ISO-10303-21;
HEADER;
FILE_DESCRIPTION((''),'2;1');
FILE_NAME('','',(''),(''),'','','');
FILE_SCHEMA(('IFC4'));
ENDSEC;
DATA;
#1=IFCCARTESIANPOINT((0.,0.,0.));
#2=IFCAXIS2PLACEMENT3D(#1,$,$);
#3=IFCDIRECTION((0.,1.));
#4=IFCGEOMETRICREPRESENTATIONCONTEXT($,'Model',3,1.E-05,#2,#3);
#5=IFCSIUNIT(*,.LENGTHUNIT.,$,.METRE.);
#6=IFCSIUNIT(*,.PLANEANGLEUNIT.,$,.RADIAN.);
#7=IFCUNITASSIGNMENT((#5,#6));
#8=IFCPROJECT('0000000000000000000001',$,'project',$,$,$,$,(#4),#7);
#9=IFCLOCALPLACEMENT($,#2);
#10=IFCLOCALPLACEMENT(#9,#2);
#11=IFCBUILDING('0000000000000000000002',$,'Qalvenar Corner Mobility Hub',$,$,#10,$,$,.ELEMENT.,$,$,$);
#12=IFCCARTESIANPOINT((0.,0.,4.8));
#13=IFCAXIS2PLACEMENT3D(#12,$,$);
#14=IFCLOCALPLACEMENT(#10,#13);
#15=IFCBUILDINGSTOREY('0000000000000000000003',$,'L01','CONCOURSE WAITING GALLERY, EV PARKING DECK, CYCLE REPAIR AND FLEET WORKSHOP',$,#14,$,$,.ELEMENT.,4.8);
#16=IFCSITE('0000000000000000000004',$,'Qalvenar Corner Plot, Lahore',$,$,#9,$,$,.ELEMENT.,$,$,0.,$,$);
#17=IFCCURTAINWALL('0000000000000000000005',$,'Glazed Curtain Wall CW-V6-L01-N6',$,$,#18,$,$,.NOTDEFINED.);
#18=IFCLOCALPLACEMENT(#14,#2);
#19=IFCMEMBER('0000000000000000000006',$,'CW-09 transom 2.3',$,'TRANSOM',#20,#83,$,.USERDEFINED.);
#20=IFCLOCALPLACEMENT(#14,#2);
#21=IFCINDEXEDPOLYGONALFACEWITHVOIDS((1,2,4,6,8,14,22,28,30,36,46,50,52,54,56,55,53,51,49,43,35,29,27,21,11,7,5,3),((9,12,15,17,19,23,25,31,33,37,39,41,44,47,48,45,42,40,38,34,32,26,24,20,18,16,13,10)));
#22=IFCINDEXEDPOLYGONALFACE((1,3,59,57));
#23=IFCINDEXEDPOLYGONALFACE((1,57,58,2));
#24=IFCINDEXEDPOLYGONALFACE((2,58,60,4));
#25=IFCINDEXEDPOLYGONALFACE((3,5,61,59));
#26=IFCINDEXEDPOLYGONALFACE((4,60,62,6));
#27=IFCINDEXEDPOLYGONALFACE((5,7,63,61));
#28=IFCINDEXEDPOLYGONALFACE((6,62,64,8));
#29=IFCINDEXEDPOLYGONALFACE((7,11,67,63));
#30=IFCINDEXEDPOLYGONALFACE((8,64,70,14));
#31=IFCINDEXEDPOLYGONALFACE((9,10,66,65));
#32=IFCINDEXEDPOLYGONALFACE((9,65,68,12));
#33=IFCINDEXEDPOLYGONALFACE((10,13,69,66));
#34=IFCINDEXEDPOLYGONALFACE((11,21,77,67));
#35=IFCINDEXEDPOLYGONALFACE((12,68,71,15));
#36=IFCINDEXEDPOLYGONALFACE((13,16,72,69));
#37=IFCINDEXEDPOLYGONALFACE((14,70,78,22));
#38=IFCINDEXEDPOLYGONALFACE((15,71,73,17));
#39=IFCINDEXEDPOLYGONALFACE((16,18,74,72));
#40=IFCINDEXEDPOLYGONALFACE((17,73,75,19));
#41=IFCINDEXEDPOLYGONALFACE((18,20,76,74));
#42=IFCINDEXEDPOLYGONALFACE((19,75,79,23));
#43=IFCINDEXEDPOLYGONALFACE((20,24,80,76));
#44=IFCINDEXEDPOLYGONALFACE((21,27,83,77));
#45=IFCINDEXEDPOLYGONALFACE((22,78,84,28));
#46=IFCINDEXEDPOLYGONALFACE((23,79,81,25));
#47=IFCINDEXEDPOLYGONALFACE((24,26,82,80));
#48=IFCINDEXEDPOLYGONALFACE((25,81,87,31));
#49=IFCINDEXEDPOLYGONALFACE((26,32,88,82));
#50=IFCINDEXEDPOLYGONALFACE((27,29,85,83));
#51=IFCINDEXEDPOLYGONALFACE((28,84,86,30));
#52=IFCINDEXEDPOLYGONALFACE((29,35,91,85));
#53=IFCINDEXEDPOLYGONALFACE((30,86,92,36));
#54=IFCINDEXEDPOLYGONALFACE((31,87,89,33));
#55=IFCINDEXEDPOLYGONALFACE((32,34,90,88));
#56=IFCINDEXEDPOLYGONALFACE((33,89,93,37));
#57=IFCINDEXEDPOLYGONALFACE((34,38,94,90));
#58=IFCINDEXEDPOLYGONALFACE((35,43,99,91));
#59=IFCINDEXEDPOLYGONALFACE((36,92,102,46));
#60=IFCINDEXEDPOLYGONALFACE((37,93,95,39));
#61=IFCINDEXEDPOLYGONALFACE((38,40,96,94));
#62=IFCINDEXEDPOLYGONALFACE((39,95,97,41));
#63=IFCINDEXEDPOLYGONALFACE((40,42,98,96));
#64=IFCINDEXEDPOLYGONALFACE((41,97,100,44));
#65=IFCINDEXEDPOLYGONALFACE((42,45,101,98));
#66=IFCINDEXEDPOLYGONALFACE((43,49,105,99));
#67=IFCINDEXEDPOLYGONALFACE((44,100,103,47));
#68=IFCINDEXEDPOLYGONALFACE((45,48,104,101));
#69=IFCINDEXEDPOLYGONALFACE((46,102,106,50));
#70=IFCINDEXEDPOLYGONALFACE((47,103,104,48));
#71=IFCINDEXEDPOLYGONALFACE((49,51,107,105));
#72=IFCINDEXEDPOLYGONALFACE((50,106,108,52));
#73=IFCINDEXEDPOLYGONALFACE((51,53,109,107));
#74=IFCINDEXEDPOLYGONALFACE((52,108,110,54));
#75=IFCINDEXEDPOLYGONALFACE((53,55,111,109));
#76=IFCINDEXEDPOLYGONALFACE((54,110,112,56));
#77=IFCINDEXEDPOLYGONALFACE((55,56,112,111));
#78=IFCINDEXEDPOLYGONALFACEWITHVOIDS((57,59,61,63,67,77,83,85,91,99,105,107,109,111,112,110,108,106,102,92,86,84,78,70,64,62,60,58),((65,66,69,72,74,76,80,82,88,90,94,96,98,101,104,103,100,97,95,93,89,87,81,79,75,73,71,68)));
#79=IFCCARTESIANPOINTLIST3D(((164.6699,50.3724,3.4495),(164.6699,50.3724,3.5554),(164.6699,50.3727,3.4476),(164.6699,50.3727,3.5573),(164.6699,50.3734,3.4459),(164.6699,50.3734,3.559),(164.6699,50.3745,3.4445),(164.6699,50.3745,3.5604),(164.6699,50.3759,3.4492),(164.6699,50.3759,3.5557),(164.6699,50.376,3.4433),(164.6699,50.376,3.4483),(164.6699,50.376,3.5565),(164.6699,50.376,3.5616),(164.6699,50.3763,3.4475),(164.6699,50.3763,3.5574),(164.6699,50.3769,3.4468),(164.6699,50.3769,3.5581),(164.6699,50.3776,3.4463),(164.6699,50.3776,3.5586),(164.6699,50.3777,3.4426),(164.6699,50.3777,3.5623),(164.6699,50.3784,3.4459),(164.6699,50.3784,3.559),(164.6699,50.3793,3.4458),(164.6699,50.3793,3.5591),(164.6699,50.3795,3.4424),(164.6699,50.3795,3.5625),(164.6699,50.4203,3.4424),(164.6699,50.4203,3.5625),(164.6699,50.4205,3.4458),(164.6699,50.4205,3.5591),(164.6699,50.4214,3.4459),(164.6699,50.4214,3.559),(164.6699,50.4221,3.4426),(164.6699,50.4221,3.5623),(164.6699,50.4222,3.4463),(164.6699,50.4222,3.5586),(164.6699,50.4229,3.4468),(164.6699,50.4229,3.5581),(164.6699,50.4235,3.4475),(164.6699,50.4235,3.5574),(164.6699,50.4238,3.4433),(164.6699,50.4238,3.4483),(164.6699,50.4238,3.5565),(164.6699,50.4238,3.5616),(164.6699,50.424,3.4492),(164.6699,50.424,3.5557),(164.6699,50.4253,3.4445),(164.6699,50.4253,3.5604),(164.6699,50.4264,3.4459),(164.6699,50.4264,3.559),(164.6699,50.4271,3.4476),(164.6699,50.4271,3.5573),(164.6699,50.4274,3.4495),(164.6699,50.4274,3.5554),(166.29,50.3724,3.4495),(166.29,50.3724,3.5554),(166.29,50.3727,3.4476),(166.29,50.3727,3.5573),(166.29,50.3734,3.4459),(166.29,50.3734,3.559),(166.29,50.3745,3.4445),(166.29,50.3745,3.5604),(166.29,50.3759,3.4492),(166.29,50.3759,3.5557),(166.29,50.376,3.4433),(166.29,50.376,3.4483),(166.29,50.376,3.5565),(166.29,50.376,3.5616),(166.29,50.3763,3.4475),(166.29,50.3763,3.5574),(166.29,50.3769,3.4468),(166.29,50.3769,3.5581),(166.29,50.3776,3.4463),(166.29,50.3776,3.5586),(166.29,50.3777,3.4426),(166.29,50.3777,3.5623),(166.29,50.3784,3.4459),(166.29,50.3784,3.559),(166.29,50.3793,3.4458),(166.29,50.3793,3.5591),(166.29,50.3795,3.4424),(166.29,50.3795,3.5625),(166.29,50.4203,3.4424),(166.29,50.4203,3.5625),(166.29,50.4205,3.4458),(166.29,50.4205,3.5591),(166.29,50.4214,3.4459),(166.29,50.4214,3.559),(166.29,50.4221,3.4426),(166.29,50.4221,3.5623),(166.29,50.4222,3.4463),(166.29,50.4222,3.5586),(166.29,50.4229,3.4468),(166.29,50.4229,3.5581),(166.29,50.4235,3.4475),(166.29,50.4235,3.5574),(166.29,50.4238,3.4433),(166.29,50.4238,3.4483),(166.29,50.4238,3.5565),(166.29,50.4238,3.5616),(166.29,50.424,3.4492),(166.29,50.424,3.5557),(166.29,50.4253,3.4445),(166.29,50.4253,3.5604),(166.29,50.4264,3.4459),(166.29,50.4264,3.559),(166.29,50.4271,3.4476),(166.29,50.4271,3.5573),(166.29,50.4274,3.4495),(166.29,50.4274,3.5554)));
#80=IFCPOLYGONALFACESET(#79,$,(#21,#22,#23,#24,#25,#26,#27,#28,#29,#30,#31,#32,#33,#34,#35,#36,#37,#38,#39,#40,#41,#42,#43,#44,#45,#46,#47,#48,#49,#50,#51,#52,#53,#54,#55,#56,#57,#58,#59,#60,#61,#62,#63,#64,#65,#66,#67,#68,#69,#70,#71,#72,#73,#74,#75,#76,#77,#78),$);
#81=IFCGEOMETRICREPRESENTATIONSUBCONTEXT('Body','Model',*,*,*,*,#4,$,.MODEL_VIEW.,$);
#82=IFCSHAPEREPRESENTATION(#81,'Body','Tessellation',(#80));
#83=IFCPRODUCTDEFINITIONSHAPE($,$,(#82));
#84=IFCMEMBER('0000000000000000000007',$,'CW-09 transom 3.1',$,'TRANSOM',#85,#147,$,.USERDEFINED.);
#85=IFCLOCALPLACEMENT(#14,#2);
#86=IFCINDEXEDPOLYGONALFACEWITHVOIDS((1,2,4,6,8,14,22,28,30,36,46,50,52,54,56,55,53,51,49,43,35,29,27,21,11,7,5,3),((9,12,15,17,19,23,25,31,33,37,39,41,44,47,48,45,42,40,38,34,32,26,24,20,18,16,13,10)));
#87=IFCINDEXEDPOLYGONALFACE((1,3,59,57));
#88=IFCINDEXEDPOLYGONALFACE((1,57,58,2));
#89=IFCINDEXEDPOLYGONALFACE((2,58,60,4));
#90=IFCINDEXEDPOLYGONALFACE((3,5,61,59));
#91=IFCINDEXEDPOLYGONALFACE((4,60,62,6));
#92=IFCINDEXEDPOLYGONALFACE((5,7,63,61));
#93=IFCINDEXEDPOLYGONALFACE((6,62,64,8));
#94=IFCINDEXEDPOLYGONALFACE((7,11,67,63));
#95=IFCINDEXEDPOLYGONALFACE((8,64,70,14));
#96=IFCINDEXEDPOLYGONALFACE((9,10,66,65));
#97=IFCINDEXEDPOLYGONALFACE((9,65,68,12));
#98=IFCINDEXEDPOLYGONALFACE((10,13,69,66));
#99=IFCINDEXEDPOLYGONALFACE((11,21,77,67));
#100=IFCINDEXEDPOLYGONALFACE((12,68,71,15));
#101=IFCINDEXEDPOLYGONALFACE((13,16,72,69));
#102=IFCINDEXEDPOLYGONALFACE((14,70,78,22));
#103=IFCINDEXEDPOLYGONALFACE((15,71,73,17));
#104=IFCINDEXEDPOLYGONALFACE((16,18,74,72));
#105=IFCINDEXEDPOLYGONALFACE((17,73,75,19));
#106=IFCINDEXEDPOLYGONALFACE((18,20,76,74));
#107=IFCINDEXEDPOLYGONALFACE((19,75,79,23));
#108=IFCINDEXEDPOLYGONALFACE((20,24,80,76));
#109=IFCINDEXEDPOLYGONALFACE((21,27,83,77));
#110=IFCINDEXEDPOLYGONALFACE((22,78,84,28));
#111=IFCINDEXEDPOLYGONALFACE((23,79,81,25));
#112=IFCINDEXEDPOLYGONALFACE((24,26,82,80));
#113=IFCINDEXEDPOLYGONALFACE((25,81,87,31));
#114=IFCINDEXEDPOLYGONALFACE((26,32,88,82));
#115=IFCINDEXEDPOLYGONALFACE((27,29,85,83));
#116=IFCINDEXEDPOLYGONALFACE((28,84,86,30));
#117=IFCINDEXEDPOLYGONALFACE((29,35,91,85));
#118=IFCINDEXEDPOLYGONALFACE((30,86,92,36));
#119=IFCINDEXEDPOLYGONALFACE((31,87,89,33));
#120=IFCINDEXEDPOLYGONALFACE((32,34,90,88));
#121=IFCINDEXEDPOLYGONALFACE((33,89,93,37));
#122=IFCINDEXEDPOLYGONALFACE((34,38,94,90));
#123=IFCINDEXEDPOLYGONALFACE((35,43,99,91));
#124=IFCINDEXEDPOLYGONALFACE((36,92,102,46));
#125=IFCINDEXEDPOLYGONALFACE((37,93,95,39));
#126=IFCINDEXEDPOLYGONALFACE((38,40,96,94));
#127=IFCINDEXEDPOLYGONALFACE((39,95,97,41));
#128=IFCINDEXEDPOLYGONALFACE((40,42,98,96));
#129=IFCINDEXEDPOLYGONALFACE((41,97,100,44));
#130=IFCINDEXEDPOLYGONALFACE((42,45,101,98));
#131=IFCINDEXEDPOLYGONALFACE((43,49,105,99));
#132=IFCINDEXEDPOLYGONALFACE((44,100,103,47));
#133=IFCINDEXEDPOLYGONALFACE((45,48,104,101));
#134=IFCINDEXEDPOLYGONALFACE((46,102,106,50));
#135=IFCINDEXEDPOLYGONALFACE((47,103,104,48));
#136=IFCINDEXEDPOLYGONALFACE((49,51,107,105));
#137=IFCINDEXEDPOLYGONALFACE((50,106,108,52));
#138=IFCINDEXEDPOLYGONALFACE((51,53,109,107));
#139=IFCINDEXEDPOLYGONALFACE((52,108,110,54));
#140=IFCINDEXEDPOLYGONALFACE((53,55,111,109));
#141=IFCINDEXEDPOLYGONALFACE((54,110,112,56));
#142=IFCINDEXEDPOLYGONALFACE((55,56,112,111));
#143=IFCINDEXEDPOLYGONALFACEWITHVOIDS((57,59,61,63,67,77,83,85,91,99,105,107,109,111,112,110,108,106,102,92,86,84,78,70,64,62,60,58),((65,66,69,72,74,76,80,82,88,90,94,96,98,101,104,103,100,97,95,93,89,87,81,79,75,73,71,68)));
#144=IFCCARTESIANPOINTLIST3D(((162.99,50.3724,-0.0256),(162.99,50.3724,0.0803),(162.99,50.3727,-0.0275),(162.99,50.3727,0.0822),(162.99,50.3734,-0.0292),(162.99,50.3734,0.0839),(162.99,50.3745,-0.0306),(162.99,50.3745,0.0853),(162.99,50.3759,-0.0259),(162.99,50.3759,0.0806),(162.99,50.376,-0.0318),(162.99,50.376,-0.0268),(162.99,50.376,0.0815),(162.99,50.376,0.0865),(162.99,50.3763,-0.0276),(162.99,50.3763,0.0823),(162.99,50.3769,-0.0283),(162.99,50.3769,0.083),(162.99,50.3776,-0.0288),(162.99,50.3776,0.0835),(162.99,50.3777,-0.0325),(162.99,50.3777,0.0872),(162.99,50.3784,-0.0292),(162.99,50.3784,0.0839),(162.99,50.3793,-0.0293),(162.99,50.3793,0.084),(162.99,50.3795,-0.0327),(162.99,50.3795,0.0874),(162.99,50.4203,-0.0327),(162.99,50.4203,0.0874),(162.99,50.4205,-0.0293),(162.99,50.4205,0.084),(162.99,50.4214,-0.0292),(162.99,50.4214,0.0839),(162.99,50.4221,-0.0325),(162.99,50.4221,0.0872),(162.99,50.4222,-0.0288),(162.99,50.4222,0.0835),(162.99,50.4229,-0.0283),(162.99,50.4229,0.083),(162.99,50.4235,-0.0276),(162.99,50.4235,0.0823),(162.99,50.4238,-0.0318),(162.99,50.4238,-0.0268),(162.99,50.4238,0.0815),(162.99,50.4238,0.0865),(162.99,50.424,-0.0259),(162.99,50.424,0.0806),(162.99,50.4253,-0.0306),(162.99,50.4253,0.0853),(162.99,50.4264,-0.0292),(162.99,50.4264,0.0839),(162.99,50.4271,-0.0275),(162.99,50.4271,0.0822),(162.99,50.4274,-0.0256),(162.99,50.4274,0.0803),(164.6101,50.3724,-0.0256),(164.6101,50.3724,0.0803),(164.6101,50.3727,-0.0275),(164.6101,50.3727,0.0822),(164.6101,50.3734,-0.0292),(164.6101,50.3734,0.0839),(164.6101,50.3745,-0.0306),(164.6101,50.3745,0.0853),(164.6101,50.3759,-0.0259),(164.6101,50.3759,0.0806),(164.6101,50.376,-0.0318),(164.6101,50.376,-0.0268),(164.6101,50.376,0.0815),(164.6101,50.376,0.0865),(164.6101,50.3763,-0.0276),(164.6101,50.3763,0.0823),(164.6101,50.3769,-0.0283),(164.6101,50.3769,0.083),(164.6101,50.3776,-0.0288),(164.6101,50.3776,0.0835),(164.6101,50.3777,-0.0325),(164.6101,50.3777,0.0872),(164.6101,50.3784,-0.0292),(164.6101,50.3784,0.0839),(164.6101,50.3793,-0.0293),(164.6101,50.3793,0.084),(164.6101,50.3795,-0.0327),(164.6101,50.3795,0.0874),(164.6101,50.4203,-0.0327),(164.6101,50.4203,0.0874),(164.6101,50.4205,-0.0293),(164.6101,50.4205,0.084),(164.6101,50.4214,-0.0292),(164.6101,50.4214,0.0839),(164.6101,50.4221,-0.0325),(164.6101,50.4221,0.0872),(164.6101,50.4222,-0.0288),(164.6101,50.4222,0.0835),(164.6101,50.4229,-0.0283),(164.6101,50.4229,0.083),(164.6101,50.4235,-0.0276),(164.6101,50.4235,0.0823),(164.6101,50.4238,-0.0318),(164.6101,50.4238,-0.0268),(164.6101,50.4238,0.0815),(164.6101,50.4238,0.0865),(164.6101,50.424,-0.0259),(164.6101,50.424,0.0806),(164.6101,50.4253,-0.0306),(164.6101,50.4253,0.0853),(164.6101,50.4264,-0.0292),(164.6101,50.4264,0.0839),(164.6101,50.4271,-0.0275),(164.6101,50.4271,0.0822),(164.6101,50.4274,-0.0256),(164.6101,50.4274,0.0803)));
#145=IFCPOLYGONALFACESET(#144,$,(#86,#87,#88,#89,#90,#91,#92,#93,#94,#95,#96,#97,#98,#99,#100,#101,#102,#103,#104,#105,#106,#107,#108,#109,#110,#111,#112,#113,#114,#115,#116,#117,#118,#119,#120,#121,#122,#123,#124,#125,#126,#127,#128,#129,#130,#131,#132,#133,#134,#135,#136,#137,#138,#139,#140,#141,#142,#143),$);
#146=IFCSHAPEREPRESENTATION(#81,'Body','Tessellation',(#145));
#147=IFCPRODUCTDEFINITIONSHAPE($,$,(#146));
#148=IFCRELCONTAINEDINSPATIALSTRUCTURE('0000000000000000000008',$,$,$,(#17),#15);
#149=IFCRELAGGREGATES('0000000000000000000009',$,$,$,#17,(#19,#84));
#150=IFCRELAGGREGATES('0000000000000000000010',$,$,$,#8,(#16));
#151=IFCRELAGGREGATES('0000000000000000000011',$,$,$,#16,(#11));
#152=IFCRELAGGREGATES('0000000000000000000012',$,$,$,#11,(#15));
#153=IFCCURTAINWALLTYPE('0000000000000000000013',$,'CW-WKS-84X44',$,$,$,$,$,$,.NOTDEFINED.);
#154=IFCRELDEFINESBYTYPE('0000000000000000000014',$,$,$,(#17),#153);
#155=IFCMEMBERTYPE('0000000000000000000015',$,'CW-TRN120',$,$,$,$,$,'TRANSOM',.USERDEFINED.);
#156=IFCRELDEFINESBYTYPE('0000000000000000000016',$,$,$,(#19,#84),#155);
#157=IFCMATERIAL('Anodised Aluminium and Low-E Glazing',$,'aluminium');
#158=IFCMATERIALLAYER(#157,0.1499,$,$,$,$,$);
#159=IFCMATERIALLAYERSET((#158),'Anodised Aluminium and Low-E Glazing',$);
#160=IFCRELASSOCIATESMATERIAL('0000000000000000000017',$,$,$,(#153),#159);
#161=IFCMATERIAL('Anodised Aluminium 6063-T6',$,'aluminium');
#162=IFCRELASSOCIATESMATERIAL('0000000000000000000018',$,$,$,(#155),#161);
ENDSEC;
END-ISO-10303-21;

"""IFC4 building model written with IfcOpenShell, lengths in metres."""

from ifc_helpers import new_model, si_unit, direction, frame, origin, origin_2d, place, context, subcontext, project, spatial, hollow_rectangle, extrude, material, layer, layer_set, material_profile, profile_set, type_object, element, aggregate, save


model = new_model("IFC4")

# Units and contexts
model_context = context("Model", 3, precision=1e-05, world=origin(), true_north=direction((0.0, 1.0)))
body_context = subcontext(model_context, "Body", "Model", "MODEL_VIEW")
ifc_project = project(units=[si_unit("LENGTHUNIT", "METRE"), si_unit("PLANEANGLEUNIT", "RADIAN")], contexts=[model_context])

# Site, building, storey
site_placement = place(None, origin())
site = spatial("IfcSite", under=ifc_project, at=site_placement, Name="Qalvenar Corner Plot, Lahore", CompositionType="ELEMENT", RefElevation=0.0)
building_placement = place(site_placement, origin())
building = spatial("IfcBuilding", under=site, at=building_placement, Name="Qalvenar Corner Mobility Hub", CompositionType="ELEMENT")
storey_placement = place(building_placement, frame((0.0, 0.0, 4.8)))
storey = spatial("IfcBuildingStorey", under=building, at=storey_placement, Name="L01", Description="CONCOURSE WAITING GALLERY, EV PARKING DECK, CYCLE REPAIR AND FLEET WORKSHOP", CompositionType="ELEMENT", Elevation=4.8)

# Curtain wall, members
ifc_material_1 = material(Name="Anodised Aluminium and Low-E Glazing", Category="aluminium")
ifc_layer_1 = layer(ifc_material_1, 0.1499)
ifc_layer_set_1 = layer_set([ifc_layer_1], Name="Anodised Aluminium and Low-E Glazing")
curtain_wall_type = type_object("IfcCurtainWallType", Name="CW-WKS-84X44", PredefinedType="NOTDEFINED", material=ifc_layer_set_1)
curtain_wall_placement = place(storey_placement, origin())
curtain_wall = element("IfcCurtainWall", 1, at=curtain_wall_placement, inside=storey, type_object=curtain_wall_type, Name="Glazed Curtain Wall CW-V6-L01-N6", PredefinedType="NOTDEFINED")
ifc_material_2 = material(Name="Anodised Aluminium 6063-T6", Category="aluminium")
ifc_material_profile_1 = material_profile(ifc_material_2, hollow_rectangle(XDim=0.0549, YDim=0.1201, WallThickness=0.0034, InnerFilletRadius=0.0034, OuterFilletRadius=0.0071, at=origin_2d()), Name="RHS120x55x3.5")
ifc_profile_set_1 = profile_set([ifc_material_profile_1], Name="Anodised Aluminium 6063-T6")
member_type_1 = type_object("IfcMemberType", Name="CW-TRN120", ElementType="TRANSOM", PredefinedType="USERDEFINED", material=ifc_profile_set_1)
member_1_placement = place(storey_placement, frame((166.29, 50.3999, 3.5024), z_axis=(-1.0, 0.0, 0.0), x_axis=(0.0, -1.0, 0.0)))
member_1 = element("IfcMember", 2, at=member_1_placement, type_object=member_type_1, Name="CW-09 transom 2.3", ObjectType="TRANSOM", PredefinedType="USERDEFINED", context=body_context, shape_type="SweptSolid", body=[
    extrude(hollow_rectangle(XDim=0.0549, YDim=0.1201, WallThickness=0.0034, InnerFilletRadius=0.0034, OuterFilletRadius=0.0071, at=origin_2d()), origin(), (0.0, 0.0, 1.0), 1.6201),
])
member_2_placement = place(storey_placement, frame((164.6101, 50.3999, 0.0273), z_axis=(-1.0, 0.0, 0.0), x_axis=(0.0, -1.0, 0.0)))
member_2 = element("IfcMember", 3, at=member_2_placement, type_object=member_type_1, Name="CW-09 transom 3.1", ObjectType="TRANSOM", PredefinedType="USERDEFINED", context=body_context, shape_type="SweptSolid", body=[
    extrude(hollow_rectangle(XDim=0.0549, YDim=0.1201, WallThickness=0.0034, InnerFilletRadius=0.0034, OuterFilletRadius=0.0071, at=origin_2d()), origin(), (0.0, 0.0, 1.0), 1.6201),
])
aggregate(curtain_wall, [member_1, member_2])

save(model, "model.ifc")
